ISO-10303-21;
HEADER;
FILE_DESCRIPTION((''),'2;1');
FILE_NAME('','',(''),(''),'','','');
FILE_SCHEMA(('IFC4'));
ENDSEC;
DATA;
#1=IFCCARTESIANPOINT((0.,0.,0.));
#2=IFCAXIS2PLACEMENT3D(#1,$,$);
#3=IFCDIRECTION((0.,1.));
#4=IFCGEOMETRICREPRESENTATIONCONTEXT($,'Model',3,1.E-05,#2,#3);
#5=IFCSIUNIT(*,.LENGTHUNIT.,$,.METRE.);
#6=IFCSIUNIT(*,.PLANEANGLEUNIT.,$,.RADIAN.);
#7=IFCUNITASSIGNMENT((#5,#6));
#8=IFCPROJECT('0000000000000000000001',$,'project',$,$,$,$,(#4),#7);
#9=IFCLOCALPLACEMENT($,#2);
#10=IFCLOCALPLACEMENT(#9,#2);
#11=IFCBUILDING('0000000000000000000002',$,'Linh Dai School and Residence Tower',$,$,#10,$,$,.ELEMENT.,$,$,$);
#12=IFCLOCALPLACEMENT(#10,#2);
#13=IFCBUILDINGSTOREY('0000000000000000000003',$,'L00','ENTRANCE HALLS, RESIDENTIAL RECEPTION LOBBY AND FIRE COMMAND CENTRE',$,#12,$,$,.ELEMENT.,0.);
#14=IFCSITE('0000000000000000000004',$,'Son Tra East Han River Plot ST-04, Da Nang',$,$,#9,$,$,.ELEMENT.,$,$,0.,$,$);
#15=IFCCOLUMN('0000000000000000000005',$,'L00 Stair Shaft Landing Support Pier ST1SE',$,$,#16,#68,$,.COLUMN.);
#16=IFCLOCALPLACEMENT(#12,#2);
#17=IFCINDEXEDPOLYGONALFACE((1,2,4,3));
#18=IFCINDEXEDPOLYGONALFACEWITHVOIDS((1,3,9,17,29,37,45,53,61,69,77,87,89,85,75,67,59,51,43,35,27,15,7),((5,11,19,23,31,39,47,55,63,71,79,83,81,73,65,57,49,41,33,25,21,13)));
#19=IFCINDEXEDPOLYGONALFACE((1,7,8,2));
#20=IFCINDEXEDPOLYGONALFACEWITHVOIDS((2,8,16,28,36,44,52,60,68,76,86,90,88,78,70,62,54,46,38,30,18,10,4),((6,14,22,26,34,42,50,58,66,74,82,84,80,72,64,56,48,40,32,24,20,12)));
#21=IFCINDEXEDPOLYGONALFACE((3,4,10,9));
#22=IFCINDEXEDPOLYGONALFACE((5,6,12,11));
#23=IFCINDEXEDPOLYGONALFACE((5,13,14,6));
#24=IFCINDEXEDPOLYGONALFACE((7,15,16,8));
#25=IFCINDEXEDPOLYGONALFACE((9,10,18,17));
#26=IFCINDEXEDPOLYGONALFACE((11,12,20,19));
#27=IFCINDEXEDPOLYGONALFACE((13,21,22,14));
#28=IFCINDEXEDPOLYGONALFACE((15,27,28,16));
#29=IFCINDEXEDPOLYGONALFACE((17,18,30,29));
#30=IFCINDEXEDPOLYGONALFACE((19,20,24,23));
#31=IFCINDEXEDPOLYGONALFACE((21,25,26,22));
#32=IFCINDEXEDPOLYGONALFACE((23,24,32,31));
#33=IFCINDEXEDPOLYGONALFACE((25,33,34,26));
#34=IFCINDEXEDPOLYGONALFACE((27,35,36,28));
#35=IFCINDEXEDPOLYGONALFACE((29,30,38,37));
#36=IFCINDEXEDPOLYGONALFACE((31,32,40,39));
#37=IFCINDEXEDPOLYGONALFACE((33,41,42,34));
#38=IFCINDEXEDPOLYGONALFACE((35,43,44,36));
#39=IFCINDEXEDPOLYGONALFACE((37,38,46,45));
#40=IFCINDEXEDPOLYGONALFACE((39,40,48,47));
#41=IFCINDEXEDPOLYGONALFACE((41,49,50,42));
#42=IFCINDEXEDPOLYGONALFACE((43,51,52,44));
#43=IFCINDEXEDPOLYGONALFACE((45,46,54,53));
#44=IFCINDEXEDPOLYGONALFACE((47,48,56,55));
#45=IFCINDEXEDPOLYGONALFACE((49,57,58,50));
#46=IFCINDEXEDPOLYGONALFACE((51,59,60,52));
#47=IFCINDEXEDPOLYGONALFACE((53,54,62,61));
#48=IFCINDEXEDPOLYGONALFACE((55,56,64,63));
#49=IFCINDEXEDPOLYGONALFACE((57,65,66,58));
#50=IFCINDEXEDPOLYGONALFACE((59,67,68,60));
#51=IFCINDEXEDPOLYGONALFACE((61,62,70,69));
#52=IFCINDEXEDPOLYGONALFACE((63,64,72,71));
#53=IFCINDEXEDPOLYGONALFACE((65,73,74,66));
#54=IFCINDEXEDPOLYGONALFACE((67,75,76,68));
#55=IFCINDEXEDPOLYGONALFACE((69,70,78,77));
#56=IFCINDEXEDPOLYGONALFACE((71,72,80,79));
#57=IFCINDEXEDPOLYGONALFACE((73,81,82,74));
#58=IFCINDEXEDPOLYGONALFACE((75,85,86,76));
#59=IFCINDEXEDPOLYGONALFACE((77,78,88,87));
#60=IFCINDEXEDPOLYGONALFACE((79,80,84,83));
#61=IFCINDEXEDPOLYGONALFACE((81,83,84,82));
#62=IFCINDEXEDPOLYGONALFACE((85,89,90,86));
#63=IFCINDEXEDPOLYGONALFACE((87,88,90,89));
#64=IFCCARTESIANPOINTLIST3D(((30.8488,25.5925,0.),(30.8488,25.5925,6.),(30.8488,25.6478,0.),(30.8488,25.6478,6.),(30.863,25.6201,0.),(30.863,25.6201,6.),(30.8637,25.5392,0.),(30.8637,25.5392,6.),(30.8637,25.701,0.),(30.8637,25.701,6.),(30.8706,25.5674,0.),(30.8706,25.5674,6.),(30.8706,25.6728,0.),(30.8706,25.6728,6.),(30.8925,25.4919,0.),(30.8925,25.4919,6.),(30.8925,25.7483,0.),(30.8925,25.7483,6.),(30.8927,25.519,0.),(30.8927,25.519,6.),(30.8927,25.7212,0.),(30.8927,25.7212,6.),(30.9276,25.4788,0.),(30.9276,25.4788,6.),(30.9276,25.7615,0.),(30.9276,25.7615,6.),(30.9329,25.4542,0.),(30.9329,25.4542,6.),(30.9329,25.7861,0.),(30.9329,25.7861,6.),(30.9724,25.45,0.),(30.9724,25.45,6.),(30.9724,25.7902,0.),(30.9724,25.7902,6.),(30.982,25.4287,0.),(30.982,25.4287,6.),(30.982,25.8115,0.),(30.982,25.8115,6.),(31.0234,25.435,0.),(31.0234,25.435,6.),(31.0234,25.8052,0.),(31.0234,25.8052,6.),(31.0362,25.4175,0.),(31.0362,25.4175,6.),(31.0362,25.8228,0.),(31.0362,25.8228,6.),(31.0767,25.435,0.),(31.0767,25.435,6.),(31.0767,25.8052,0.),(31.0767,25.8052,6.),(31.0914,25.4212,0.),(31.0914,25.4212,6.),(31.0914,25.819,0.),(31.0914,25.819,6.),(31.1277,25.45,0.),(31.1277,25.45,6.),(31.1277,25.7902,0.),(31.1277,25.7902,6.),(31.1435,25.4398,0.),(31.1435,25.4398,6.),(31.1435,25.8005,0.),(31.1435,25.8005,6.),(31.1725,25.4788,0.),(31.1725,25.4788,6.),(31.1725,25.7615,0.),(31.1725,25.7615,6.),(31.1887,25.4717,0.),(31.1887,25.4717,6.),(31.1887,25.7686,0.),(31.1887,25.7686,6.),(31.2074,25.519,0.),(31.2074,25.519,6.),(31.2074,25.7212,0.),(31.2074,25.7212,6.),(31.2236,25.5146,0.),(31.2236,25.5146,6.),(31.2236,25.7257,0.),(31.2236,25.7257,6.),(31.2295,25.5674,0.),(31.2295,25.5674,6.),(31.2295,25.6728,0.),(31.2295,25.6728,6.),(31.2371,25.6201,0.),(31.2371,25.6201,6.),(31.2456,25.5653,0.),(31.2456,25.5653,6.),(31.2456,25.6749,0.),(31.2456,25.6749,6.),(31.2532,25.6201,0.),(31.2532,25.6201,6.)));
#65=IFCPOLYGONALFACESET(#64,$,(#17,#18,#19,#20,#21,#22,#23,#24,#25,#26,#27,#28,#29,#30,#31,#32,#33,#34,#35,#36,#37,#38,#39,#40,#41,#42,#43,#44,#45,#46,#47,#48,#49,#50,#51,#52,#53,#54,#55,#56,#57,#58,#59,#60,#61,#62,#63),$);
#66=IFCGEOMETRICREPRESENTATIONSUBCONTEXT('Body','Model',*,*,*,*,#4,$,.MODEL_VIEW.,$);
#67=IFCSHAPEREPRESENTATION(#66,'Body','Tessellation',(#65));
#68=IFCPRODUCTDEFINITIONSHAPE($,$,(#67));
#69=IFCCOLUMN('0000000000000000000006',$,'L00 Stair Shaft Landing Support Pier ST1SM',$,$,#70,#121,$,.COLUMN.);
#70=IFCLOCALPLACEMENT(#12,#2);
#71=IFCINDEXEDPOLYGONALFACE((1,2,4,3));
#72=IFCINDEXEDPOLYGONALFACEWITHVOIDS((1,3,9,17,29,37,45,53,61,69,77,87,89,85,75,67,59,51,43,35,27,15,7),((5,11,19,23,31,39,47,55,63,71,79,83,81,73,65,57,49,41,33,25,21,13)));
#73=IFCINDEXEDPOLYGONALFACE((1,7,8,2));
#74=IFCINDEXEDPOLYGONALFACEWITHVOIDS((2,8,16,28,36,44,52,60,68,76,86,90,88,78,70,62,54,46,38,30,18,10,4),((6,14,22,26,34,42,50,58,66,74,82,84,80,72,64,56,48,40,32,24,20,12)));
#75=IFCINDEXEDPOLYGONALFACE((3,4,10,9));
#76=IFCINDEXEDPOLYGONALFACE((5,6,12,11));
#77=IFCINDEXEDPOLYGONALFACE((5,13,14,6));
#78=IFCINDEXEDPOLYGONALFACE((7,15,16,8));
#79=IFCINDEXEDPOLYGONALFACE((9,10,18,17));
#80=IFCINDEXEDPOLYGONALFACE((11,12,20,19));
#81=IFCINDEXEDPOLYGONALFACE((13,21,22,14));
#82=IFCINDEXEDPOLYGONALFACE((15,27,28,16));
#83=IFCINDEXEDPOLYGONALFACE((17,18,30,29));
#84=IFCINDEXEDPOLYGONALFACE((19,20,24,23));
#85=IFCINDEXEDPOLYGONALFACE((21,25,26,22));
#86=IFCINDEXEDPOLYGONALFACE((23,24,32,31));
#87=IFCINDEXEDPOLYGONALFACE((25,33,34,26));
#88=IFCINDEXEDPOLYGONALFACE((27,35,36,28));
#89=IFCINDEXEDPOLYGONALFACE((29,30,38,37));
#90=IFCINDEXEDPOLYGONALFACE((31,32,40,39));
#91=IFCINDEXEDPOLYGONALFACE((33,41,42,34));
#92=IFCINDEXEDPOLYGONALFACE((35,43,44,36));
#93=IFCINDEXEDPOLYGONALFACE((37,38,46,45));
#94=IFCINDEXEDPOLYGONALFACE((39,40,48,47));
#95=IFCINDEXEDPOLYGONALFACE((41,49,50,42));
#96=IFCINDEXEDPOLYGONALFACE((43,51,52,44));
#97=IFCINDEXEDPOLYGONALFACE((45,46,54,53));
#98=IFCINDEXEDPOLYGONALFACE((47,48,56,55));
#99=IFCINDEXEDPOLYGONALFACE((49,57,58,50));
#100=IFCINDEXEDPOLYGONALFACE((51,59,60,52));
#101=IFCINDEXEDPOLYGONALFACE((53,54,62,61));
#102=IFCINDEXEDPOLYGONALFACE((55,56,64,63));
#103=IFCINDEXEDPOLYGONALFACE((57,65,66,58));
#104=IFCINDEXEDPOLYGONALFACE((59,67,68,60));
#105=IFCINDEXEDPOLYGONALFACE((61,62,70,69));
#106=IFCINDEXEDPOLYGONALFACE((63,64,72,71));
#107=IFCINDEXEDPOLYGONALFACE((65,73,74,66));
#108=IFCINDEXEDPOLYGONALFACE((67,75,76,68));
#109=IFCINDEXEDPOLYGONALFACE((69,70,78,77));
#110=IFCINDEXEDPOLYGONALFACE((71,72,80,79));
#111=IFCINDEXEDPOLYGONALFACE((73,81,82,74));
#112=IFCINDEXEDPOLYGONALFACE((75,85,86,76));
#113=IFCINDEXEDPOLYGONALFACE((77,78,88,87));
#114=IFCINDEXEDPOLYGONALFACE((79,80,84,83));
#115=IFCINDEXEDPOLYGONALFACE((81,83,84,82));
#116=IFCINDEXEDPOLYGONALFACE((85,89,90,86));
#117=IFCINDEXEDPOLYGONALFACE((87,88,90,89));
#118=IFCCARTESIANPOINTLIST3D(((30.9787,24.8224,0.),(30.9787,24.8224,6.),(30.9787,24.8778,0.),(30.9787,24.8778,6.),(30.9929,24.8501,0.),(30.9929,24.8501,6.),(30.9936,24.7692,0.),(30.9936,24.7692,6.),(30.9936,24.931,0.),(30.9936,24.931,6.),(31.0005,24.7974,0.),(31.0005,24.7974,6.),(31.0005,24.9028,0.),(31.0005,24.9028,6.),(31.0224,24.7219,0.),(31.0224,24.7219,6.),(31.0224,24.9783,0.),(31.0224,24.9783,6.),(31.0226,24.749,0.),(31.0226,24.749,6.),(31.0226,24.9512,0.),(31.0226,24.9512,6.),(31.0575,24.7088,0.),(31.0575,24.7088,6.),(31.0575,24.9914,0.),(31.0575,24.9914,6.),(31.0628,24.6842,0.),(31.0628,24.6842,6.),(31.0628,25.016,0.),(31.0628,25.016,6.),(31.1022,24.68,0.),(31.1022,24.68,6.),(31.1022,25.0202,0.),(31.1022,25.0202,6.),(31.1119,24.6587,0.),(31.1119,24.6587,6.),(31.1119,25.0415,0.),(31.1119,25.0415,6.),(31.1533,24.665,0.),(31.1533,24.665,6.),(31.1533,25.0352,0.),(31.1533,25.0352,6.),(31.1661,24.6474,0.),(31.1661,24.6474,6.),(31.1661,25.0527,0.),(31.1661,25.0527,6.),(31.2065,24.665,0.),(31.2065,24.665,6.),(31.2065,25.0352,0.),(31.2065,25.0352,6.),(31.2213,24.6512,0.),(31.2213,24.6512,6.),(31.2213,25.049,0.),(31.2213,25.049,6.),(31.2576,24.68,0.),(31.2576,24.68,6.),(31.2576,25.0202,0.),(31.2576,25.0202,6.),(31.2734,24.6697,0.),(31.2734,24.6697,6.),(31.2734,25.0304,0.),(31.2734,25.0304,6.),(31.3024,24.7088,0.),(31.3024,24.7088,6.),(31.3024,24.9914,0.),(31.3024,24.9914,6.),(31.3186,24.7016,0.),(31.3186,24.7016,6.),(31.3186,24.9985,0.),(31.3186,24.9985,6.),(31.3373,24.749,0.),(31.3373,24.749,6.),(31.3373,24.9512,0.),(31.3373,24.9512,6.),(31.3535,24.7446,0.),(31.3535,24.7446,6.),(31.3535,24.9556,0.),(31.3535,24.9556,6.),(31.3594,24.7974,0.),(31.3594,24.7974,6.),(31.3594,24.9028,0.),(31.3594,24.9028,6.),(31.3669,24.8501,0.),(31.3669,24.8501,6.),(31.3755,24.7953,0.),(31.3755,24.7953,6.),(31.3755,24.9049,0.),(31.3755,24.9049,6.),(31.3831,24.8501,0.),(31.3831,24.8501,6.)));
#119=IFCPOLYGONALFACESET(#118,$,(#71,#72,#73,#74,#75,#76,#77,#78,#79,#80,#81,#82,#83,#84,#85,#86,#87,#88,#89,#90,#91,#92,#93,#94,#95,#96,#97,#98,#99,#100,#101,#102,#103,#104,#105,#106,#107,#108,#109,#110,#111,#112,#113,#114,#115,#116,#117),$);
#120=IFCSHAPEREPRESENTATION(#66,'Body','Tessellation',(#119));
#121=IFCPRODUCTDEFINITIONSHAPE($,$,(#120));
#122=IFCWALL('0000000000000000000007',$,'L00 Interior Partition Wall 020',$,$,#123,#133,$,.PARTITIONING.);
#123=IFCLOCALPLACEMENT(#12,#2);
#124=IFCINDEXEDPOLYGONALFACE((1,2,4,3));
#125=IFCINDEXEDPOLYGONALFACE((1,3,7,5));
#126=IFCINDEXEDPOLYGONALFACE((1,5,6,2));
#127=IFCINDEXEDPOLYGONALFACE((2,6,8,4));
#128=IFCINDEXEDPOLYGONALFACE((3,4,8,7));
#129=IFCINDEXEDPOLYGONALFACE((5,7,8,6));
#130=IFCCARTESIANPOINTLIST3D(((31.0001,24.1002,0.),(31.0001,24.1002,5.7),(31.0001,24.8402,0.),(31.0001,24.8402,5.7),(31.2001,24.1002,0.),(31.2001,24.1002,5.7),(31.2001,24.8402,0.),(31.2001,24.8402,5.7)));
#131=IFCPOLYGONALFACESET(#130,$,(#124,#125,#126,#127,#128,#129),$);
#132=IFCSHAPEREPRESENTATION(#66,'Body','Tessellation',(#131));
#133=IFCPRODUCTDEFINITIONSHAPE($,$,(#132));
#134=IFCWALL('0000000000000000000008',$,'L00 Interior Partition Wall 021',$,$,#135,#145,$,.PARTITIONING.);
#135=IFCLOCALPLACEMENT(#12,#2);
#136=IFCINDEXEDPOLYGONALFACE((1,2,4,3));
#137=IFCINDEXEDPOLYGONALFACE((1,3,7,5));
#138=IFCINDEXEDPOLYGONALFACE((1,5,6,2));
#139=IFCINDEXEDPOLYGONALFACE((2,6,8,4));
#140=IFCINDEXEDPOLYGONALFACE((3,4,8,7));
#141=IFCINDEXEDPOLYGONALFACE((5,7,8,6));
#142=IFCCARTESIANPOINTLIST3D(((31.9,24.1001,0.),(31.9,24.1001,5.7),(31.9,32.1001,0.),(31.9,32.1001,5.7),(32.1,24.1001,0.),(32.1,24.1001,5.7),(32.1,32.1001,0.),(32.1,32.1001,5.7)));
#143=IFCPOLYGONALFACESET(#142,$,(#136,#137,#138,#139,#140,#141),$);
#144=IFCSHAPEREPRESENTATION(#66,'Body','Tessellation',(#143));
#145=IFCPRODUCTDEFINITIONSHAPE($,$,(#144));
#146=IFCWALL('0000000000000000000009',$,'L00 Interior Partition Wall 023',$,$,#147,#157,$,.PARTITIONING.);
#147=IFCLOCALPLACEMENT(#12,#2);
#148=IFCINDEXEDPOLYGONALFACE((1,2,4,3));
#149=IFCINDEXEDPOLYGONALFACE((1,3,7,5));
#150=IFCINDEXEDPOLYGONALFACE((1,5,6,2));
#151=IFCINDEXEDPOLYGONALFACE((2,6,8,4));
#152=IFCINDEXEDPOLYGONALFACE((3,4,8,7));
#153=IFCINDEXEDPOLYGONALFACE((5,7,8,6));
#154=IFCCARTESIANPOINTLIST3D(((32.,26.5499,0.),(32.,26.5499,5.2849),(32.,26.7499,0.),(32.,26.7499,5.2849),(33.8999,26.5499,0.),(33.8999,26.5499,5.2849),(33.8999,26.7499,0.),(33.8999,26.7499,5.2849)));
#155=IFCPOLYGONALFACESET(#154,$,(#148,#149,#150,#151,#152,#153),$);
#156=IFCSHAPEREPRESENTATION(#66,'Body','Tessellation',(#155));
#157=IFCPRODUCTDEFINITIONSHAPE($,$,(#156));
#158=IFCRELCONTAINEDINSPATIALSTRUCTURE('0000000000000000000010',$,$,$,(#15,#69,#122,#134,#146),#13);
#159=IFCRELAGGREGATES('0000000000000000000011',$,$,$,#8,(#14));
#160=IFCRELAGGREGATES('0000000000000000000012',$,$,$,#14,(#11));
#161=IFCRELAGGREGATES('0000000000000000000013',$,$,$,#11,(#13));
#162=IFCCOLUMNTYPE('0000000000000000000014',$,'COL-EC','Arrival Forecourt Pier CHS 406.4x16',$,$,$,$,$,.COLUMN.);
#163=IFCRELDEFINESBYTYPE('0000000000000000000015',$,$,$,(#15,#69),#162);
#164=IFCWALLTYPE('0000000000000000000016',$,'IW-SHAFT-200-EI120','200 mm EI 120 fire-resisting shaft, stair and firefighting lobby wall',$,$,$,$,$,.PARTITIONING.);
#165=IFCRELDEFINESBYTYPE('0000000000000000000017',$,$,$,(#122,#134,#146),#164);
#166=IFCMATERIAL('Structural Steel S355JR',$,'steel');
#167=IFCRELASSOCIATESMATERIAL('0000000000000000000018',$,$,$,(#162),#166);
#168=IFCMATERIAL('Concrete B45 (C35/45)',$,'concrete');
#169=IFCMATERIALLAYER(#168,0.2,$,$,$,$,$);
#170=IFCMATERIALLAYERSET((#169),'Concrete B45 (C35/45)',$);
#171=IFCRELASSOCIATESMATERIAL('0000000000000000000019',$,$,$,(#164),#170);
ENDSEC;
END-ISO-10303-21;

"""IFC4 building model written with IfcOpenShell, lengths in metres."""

from ifc_helpers import new_model, si_unit, direction, frame, frame_2d, origin, origin_2d, place, context, subcontext, project, spatial, rectangle, hollow_circle, extrude, material, layer, layer_set, material_profile, profile_set, type_object, element, save


model = new_model("IFC4")

# Units and contexts
model_context = context("Model", 3, precision=1e-05, world=origin(), true_north=direction((0.0, 1.0)))
body_context = subcontext(model_context, "Body", "Model", "MODEL_VIEW")
ifc_project = project(units=[si_unit("LENGTHUNIT", "METRE"), si_unit("PLANEANGLEUNIT", "RADIAN")], contexts=[model_context])

# Site, building, storey
site_placement = place(None, origin())
site = spatial("IfcSite", under=ifc_project, at=site_placement, Name="Son Tra East Han River Plot ST-04, Da Nang", CompositionType="ELEMENT", RefElevation=0.0)
building_placement = place(site_placement, origin())
building = spatial("IfcBuilding", under=site, at=building_placement, Name="Linh Dai School and Residence Tower", CompositionType="ELEMENT")
storey_placement = place(building_placement, origin())
storey = spatial("IfcBuildingStorey", under=building, at=storey_placement, Name="L00", Description="ENTRANCE HALLS, RESIDENTIAL RECEPTION LOBBY AND FIRE COMMAND CENTRE", CompositionType="ELEMENT", Elevation=0.0)

# Columns
ifc_material_1 = material(Name="Structural Steel S355JR", Category="steel")
ifc_material_profile = material_profile(ifc_material_1, hollow_circle(Radius=0.2031, WallThickness=0.0161, at=origin_2d()), Name="CHS 406.4x16")
ifc_profile_set = profile_set([ifc_material_profile], Name="Structural Steel S355JR")
column_type = type_object("IfcColumnType", Name="COL-EC", Description="Arrival Forecourt Pier CHS 406.4x16", PredefinedType="COLUMN", material=ifc_profile_set)
for number, where, z_axis, x_axis, name in (
    (1, (31.05, 25.6201, 0.0), (0.0, 0.0, 1.0), (1.0, 0.0, 0.0), "L00 Stair Shaft Landing Support Pier ST1SE"),
    (2, (31.1799, 24.8501, 0.0), (0.0, 0.0, 1.0), (1.0, 0.0, 0.0), "L00 Stair Shaft Landing Support Pier ST1SM"),
):
    element("IfcColumn", number, at=place(storey_placement, frame(where, z_axis=z_axis, x_axis=x_axis)), inside=storey, type_object=column_type, Name=name, PredefinedType="COLUMN", context=body_context, shape_type="SweptSolid", body=[
        extrude(hollow_circle(Radius=0.2031, WallThickness=0.0161, at=origin_2d()), origin(), (0.0, 0.0, 1.0), 6.0),
    ])

# Walls
ifc_material_2 = material(Name="Concrete B45 (C35/45)", Category="concrete")
ifc_layer_1 = layer(ifc_material_2, 0.2)
ifc_layer_set_1 = layer_set([ifc_layer_1], Name="Concrete B45 (C35/45)")
wall_type_1 = type_object("IfcWallType", Name="IW-SHAFT-200-EI120", Description="200 mm EI 120 fire-resisting shaft, stair and firefighting lobby wall", PredefinedType="PARTITIONING", material=ifc_layer_set_1)
wall_1_placement = place(storey_placement, frame((31.1001, 24.1001, 0.0), z_axis=(0.0, 0.0, 1.0), x_axis=(0.0, 1.0, 0.0)))
element("IfcWall", 3, at=wall_1_placement, inside=storey, type_object=wall_type_1, Name="L00 Interior Partition Wall 020", PredefinedType="PARTITIONING", context=body_context, shape_type="SweptSolid", body=[
    extrude(rectangle(XDim=0.74, YDim=0.2, at=frame_2d((0.3701, 0.0))), origin(), (0.0, 0.0, 1.0), 5.7),
])
wall_2_placement = place(storey_placement, frame((32.0, 24.1001, 0.0), z_axis=(0.0, 0.0, 1.0), x_axis=(0.0, 1.0, 0.0)))
element("IfcWall", 4, at=wall_2_placement, inside=storey, type_object=wall_type_1, Name="L00 Interior Partition Wall 021", PredefinedType="PARTITIONING", context=body_context, shape_type="SweptSolid", body=[
    extrude(rectangle(XDim=8.0, YDim=0.2, at=frame_2d((4.0, 0.0))), origin(), (0.0, 0.0, 1.0), 5.7),
])

# Wall
wall_3_placement = place(storey_placement, frame((32.0, 26.6499, 0.0), z_axis=(0.0, 0.0, 1.0), x_axis=(1.0, 0.0, 0.0)))
element("IfcWall", 5, at=wall_3_placement, inside=storey, type_object=wall_type_1, Name="L00 Interior Partition Wall 023", PredefinedType="PARTITIONING", context=body_context, shape_type="SweptSolid", body=[
    extrude(rectangle(XDim=1.8999, YDim=0.2, at=frame_2d((0.95, 0.0))), origin(), (0.0, 0.0, 1.0), 5.2849),
])

save(model, "model.ifc")
